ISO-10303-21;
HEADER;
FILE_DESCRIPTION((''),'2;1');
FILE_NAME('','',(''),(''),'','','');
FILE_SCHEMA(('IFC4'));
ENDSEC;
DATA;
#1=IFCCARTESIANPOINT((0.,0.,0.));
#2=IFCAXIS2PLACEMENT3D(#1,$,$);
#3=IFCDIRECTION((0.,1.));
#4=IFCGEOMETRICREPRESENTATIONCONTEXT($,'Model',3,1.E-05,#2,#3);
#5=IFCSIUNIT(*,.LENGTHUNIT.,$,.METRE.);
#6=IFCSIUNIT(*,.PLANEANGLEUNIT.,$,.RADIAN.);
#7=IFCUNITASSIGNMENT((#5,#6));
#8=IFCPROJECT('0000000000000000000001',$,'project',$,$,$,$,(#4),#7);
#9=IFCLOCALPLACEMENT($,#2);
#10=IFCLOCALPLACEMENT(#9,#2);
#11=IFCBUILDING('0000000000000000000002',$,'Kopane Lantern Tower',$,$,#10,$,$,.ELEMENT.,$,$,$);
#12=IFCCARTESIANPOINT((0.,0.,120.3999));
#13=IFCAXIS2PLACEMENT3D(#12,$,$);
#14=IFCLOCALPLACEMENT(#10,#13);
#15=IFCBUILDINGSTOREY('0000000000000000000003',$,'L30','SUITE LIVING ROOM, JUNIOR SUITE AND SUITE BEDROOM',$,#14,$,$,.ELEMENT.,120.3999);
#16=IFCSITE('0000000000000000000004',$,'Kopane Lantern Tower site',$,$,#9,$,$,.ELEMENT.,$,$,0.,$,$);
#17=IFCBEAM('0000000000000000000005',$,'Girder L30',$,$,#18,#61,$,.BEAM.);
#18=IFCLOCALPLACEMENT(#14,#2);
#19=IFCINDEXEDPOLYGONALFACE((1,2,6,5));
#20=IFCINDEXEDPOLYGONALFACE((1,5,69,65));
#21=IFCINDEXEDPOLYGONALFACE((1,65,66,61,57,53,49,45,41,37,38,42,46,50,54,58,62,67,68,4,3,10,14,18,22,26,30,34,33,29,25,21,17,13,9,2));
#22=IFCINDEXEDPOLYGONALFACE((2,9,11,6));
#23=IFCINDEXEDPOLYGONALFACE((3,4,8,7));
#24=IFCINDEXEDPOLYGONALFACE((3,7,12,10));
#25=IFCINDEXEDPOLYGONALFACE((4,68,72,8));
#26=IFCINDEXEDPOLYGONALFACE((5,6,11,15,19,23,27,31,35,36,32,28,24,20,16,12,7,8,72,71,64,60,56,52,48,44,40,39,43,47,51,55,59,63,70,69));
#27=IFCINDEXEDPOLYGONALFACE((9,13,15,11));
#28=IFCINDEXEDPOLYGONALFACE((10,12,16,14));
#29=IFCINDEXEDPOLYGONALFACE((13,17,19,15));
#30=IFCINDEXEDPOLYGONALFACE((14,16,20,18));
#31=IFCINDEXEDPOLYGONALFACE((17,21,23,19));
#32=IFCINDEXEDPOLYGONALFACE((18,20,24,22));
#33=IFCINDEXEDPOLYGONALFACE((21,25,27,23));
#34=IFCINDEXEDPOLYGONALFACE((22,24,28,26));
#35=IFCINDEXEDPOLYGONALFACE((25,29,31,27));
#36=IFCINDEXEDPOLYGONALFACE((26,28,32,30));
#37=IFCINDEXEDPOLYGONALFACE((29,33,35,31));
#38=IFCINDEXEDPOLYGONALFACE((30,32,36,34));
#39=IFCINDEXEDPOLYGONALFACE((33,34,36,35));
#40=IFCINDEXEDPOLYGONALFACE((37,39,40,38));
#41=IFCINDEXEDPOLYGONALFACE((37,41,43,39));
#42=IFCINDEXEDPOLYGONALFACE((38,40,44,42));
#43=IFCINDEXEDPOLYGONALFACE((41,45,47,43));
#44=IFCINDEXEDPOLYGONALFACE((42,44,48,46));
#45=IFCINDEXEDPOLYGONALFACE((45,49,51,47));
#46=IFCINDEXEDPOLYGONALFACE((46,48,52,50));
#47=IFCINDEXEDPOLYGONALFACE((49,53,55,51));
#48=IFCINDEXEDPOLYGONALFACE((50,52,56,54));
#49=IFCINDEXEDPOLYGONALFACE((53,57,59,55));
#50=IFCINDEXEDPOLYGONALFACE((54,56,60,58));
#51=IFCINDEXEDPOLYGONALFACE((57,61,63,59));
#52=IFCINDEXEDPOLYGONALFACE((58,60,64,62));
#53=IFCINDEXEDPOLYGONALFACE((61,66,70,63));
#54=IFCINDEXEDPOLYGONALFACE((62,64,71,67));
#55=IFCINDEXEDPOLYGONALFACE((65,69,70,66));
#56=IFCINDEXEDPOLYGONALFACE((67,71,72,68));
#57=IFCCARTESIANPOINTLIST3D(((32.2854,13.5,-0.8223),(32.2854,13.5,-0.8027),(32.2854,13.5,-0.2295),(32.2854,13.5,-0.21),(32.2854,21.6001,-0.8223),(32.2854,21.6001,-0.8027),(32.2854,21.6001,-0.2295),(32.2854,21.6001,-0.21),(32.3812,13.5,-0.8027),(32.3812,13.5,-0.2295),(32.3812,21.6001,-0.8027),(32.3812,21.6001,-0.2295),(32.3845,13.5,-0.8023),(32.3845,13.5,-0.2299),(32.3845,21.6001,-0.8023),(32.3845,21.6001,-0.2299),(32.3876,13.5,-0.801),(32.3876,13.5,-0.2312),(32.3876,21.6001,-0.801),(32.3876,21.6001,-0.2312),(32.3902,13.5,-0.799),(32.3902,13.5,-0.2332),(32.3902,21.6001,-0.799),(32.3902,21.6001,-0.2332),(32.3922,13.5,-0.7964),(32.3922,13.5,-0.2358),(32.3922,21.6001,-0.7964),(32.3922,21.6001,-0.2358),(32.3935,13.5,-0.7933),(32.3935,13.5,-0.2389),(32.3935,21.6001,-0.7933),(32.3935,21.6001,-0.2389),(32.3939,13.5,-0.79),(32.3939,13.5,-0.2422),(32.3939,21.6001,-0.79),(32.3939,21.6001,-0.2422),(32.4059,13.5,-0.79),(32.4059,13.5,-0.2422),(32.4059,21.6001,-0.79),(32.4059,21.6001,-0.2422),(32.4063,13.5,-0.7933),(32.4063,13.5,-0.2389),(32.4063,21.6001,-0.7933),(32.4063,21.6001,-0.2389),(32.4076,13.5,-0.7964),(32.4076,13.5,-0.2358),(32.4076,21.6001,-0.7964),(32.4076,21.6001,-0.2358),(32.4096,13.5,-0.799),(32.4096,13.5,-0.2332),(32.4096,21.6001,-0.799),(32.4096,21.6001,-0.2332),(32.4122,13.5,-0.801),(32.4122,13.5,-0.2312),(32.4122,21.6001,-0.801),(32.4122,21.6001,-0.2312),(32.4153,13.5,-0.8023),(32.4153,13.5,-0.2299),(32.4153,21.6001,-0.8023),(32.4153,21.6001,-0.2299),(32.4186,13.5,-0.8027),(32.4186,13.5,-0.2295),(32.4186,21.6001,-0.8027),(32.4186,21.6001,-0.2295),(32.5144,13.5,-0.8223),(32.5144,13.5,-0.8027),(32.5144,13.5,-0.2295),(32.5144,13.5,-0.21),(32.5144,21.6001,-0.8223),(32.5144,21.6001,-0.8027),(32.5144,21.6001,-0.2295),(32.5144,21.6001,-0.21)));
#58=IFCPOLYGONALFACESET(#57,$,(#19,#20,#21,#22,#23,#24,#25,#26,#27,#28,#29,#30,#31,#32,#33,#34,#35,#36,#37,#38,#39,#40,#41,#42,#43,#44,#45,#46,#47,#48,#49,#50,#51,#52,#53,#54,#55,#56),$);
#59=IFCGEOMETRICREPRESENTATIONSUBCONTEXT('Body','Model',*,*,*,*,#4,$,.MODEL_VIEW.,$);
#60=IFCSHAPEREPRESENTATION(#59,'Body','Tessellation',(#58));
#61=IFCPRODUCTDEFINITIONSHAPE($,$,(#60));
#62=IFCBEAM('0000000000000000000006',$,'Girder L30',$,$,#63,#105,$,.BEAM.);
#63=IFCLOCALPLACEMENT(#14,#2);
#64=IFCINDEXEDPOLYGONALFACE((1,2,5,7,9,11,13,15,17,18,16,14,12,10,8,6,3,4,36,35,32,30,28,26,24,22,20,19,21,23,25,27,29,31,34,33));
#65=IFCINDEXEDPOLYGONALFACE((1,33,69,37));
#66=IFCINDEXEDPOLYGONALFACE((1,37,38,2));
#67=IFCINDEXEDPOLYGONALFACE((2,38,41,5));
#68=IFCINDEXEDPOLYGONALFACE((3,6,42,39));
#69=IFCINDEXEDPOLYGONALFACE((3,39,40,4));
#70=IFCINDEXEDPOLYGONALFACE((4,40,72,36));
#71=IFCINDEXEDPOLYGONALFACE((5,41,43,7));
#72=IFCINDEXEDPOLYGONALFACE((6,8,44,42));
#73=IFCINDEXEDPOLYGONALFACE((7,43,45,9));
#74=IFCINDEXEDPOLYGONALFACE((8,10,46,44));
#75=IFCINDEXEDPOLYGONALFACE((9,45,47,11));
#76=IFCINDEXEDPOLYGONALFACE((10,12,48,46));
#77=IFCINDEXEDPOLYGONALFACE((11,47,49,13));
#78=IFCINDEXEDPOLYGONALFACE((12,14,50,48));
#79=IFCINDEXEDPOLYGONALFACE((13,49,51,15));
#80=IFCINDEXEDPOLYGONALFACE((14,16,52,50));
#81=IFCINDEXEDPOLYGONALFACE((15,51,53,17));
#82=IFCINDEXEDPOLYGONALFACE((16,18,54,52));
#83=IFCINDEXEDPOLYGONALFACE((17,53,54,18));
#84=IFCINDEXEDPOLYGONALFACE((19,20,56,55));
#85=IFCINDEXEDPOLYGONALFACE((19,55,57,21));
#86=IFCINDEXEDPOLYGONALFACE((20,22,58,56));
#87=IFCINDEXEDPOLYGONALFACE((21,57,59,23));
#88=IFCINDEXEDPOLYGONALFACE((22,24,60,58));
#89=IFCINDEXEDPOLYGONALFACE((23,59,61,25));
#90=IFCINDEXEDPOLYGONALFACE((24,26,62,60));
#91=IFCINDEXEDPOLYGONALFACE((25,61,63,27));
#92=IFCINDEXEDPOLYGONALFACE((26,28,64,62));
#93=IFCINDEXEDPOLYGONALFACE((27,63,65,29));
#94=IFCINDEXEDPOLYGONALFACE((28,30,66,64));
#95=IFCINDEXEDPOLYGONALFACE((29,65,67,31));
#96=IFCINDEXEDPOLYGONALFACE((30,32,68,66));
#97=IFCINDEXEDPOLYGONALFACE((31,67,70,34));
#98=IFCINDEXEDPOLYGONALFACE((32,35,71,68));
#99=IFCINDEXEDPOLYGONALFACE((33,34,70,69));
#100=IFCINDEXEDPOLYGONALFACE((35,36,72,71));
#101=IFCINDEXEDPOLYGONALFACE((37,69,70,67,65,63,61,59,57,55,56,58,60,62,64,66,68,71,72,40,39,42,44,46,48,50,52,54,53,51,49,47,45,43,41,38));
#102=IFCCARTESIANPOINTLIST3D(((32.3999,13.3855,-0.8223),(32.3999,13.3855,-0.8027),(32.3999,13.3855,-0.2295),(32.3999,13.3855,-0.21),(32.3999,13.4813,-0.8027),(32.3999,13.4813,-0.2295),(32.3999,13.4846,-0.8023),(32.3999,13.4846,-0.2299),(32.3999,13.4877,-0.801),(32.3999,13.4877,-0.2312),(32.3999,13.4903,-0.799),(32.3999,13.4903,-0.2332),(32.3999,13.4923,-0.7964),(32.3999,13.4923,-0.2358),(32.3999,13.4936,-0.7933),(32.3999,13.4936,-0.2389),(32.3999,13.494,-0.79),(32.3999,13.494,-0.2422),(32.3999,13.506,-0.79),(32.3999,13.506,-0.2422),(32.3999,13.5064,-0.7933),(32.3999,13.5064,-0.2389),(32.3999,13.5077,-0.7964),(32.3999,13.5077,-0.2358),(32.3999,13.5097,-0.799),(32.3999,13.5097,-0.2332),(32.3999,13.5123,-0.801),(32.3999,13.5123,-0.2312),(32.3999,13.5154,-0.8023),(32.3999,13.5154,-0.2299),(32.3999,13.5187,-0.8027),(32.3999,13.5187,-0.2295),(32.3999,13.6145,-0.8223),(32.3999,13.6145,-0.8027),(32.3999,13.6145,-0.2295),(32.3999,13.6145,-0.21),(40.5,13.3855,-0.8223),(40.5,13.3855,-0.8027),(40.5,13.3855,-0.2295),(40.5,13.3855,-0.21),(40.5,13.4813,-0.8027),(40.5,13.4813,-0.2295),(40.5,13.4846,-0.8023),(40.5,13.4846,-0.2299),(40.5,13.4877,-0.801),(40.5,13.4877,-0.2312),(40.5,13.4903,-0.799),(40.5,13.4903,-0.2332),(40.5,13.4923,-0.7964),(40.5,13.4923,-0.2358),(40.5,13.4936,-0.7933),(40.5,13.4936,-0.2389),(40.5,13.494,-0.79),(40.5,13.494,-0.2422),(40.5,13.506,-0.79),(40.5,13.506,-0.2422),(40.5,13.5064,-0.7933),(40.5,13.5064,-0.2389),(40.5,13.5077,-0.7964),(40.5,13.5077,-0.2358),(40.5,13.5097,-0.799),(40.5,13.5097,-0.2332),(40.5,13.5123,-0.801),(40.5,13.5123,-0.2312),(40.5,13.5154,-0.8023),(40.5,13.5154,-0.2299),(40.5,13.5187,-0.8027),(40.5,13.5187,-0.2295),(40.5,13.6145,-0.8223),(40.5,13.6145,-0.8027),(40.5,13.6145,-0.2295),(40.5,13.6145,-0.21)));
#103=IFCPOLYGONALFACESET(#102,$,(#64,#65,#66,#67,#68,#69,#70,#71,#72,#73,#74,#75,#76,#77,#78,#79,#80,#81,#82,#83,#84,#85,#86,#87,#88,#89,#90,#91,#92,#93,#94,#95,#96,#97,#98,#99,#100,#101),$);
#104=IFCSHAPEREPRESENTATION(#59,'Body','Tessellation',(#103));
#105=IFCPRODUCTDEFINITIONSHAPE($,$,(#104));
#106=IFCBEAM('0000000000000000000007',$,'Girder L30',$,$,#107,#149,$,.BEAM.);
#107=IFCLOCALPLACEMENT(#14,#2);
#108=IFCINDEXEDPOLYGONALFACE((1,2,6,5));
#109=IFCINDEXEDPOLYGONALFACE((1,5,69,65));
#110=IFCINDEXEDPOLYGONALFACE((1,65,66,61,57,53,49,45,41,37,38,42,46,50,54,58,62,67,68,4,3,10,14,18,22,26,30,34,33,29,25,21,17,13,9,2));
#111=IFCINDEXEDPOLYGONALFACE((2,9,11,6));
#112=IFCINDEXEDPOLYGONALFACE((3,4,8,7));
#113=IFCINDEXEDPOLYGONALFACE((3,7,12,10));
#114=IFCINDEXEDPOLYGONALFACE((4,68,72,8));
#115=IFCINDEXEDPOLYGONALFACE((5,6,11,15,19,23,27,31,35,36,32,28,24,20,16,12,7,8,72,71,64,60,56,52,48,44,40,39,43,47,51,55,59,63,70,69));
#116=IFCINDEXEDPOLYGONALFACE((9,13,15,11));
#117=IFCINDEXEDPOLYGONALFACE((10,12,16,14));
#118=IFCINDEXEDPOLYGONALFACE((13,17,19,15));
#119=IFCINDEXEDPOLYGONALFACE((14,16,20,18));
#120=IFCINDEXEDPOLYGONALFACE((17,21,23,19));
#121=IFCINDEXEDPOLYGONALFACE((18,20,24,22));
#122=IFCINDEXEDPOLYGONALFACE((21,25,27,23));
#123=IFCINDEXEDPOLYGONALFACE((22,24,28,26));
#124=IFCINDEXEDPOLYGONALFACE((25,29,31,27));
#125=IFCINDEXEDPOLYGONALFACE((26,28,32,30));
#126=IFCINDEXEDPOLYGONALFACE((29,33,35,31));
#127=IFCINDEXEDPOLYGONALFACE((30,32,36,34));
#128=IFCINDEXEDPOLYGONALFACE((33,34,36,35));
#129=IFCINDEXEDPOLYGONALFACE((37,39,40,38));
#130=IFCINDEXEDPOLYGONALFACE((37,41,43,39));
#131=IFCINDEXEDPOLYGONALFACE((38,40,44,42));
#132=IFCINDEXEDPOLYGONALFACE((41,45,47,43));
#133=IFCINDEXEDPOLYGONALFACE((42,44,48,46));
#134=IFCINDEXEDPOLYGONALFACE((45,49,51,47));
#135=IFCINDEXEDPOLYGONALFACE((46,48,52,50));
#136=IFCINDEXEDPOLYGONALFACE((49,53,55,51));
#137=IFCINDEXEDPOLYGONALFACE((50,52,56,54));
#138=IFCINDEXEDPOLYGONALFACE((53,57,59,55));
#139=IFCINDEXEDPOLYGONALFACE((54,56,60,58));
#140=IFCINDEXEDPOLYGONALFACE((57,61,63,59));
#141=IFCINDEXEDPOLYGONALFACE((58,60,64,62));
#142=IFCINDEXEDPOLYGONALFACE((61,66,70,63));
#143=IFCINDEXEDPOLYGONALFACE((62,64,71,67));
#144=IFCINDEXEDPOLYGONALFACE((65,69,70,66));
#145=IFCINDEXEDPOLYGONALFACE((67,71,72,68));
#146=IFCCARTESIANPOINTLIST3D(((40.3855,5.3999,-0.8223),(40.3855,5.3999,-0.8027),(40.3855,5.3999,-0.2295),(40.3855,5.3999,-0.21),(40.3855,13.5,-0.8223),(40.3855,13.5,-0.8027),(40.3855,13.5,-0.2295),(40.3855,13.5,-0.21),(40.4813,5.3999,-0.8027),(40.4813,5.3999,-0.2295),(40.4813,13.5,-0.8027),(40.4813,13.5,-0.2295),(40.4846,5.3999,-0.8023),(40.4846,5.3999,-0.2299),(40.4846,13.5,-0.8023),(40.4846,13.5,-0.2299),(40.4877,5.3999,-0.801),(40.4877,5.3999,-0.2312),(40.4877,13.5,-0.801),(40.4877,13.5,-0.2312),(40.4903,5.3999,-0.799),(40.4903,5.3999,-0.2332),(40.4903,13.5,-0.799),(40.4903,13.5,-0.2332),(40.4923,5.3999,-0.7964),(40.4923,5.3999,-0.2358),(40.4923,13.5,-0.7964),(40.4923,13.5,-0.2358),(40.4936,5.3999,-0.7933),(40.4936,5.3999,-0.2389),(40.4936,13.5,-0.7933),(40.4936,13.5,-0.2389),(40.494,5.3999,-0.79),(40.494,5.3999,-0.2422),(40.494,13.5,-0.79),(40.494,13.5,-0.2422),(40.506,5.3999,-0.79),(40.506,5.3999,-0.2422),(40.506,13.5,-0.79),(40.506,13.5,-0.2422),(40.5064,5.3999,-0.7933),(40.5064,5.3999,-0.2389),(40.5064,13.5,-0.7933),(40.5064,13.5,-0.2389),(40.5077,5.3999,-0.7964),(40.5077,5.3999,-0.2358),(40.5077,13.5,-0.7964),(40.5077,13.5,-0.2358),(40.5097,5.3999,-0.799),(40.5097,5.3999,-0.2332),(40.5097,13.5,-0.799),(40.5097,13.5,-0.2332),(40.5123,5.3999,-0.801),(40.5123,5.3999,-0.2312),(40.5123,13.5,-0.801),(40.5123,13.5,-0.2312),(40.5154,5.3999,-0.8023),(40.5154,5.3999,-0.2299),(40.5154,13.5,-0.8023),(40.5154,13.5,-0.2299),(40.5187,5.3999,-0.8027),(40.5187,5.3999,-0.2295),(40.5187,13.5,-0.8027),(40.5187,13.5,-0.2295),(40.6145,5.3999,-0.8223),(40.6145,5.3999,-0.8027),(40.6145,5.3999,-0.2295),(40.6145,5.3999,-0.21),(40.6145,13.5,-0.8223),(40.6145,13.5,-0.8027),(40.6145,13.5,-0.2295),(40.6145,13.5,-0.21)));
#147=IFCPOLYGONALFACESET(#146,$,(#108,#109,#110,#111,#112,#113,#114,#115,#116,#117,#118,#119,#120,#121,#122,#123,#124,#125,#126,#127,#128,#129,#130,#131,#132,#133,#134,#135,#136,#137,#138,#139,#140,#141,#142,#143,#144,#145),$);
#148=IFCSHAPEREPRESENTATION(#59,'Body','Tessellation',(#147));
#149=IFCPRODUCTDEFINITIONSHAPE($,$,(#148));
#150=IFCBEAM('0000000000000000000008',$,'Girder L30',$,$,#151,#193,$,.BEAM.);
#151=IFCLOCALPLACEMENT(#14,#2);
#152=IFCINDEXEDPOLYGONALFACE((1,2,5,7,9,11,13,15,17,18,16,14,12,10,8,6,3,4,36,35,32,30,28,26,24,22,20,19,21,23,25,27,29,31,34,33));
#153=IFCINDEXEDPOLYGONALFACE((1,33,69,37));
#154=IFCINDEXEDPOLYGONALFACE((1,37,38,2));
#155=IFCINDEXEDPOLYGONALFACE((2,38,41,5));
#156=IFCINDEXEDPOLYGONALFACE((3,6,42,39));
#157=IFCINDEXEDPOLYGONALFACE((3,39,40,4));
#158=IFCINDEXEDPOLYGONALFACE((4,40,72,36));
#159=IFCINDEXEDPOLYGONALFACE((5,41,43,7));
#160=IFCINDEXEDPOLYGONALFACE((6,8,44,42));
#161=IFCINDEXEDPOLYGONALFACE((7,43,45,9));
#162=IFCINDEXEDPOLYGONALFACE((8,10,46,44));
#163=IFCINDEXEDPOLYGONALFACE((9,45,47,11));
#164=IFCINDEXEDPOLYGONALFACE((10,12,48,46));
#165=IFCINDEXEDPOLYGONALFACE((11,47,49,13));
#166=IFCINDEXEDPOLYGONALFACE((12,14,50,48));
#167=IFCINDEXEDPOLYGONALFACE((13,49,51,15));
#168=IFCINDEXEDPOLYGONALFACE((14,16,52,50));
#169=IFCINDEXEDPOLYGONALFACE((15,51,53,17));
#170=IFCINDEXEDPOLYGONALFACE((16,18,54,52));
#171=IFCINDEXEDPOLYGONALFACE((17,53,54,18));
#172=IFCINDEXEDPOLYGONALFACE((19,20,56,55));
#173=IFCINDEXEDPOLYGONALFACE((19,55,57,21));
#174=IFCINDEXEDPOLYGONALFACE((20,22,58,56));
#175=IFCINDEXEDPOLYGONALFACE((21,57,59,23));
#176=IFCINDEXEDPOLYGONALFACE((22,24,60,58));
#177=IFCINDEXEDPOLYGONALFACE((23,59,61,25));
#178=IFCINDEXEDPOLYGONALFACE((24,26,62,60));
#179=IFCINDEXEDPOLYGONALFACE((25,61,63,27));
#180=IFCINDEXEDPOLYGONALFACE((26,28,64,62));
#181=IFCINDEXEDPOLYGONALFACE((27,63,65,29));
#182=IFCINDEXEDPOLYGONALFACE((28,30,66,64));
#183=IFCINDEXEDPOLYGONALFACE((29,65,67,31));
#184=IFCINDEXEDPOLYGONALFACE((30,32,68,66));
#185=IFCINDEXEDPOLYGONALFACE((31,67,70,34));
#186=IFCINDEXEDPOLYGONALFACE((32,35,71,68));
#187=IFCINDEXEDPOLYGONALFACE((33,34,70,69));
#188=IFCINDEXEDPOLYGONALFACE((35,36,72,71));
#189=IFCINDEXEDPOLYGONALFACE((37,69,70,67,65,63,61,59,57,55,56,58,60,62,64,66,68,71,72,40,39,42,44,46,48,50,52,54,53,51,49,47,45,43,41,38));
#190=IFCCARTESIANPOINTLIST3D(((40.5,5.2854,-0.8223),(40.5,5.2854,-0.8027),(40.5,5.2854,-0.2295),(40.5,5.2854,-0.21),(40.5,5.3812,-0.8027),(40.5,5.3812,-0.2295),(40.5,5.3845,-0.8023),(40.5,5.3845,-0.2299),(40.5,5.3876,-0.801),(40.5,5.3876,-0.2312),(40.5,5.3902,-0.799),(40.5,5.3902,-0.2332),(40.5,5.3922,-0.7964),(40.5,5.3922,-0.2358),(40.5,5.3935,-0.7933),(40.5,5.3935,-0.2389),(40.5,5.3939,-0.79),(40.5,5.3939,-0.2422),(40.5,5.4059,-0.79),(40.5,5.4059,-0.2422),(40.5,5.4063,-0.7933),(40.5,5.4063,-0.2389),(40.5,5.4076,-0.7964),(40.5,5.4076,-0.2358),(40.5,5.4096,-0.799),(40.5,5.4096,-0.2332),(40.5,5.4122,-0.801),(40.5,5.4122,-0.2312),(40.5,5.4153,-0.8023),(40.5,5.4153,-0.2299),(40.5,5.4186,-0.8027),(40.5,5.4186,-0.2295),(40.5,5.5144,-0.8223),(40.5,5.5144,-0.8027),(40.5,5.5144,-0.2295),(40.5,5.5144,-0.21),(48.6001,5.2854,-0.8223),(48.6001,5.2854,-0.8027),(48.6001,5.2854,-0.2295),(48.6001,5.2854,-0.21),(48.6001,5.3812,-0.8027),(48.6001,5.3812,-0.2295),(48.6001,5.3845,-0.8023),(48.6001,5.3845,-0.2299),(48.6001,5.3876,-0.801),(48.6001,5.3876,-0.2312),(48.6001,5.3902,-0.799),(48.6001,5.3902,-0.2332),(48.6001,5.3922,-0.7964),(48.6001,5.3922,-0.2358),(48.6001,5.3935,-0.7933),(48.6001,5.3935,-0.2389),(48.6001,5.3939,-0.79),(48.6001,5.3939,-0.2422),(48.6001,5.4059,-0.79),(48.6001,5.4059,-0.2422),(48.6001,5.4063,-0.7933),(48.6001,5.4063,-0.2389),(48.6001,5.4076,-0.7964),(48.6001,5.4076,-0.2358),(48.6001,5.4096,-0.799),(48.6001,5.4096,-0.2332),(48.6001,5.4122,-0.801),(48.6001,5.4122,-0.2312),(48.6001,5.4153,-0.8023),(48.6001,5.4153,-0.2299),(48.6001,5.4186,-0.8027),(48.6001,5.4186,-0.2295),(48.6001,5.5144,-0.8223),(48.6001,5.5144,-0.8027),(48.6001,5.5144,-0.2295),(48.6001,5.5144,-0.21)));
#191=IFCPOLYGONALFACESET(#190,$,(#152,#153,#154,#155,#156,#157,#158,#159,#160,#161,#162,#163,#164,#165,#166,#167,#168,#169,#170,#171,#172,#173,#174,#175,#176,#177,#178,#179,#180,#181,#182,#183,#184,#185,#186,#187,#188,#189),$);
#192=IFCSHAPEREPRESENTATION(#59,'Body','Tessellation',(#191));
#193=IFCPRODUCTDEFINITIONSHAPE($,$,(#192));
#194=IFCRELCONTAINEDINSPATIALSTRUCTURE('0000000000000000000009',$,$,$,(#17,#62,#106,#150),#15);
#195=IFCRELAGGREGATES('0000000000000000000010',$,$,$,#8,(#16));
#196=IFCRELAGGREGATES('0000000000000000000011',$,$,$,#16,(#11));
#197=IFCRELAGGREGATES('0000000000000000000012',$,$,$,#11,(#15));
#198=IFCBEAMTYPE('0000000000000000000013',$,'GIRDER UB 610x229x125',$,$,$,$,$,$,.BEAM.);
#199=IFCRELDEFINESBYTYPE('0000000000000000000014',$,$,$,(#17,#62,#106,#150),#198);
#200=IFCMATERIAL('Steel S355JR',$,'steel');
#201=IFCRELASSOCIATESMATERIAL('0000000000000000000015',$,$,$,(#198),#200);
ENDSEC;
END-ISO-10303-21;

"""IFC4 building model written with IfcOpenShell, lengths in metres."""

from ifc_helpers import new_model, si_unit, direction, frame, origin, origin_2d, place, context, subcontext, project, spatial, i_section, extrude, material, material_profile, profile_set, type_object, element, save


model = new_model("IFC4")

# Units and contexts
model_context = context("Model", 3, precision=1e-05, world=origin(), true_north=direction((0.0, 1.0)))
body_context = subcontext(model_context, "Body", "Model", "MODEL_VIEW")
ifc_project = project(units=[si_unit("LENGTHUNIT", "METRE"), si_unit("PLANEANGLEUNIT", "RADIAN")], contexts=[model_context])

# Site, building, storey
site_placement = place(None, origin())
site = spatial("IfcSite", under=ifc_project, at=site_placement, Name="Kopane Lantern Tower site", CompositionType="ELEMENT", RefElevation=0.0)
building_placement = place(site_placement, origin())
building = spatial("IfcBuilding", under=site, at=building_placement, Name="Kopane Lantern Tower", CompositionType="ELEMENT")
storey_placement = place(building_placement, frame((0.0, 0.0, 120.3999)))
storey = spatial("IfcBuildingStorey", under=building, at=storey_placement, Name="L30", Description="SUITE LIVING ROOM, JUNIOR SUITE AND SUITE BEDROOM", CompositionType="ELEMENT", Elevation=120.3999)

# Beams
ifc_material_1 = material(Name="Steel S355JR", Category="steel")
ifc_material_profile_1 = material_profile(ifc_material_1, i_section(OverallWidth=0.229, OverallDepth=0.6123, WebThickness=0.012, FlangeThickness=0.0195, FilletRadius=0.0127, at=origin_2d()), Name="UB 610x229x125")
ifc_profile_set_1 = profile_set([ifc_material_profile_1], Name="Steel S355JR")
beam_type = type_object("IfcBeamType", Name="GIRDER UB 610x229x125", PredefinedType="BEAM", material=ifc_profile_set_1)
for number, where, z_axis, x_axis, name in (
    (1, (32.3999, 13.5, -0.5161), (0.0, 1.0, 0.0), (-1.0, 0.0, 0.0), "Girder L30"),
    (2, (32.3999, 13.5, -0.5161), (1.0, 0.0, 0.0), (0.0, 1.0, 0.0), "Girder L30"),
    (3, (40.5, 5.3999, -0.5161), (0.0, 1.0, 0.0), (-1.0, 0.0, 0.0), "Girder L30"),
    (4, (40.5, 5.3999, -0.5161), (1.0, 0.0, 0.0), (0.0, 1.0, 0.0), "Girder L30"),
):
    element("IfcBeam", number, at=place(storey_placement, frame(where, z_axis=z_axis, x_axis=x_axis)), inside=storey, type_object=beam_type, Name=name, PredefinedType="BEAM", context=body_context, shape_type="SweptSolid", body=[
        extrude(i_section(OverallWidth=0.229, OverallDepth=0.6123, WebThickness=0.012, FlangeThickness=0.0195, FilletRadius=0.0127, at=origin_2d()), origin(), (0.0, 0.0, 1.0), 8.1001),
    ])

save(model, "model.ifc")
